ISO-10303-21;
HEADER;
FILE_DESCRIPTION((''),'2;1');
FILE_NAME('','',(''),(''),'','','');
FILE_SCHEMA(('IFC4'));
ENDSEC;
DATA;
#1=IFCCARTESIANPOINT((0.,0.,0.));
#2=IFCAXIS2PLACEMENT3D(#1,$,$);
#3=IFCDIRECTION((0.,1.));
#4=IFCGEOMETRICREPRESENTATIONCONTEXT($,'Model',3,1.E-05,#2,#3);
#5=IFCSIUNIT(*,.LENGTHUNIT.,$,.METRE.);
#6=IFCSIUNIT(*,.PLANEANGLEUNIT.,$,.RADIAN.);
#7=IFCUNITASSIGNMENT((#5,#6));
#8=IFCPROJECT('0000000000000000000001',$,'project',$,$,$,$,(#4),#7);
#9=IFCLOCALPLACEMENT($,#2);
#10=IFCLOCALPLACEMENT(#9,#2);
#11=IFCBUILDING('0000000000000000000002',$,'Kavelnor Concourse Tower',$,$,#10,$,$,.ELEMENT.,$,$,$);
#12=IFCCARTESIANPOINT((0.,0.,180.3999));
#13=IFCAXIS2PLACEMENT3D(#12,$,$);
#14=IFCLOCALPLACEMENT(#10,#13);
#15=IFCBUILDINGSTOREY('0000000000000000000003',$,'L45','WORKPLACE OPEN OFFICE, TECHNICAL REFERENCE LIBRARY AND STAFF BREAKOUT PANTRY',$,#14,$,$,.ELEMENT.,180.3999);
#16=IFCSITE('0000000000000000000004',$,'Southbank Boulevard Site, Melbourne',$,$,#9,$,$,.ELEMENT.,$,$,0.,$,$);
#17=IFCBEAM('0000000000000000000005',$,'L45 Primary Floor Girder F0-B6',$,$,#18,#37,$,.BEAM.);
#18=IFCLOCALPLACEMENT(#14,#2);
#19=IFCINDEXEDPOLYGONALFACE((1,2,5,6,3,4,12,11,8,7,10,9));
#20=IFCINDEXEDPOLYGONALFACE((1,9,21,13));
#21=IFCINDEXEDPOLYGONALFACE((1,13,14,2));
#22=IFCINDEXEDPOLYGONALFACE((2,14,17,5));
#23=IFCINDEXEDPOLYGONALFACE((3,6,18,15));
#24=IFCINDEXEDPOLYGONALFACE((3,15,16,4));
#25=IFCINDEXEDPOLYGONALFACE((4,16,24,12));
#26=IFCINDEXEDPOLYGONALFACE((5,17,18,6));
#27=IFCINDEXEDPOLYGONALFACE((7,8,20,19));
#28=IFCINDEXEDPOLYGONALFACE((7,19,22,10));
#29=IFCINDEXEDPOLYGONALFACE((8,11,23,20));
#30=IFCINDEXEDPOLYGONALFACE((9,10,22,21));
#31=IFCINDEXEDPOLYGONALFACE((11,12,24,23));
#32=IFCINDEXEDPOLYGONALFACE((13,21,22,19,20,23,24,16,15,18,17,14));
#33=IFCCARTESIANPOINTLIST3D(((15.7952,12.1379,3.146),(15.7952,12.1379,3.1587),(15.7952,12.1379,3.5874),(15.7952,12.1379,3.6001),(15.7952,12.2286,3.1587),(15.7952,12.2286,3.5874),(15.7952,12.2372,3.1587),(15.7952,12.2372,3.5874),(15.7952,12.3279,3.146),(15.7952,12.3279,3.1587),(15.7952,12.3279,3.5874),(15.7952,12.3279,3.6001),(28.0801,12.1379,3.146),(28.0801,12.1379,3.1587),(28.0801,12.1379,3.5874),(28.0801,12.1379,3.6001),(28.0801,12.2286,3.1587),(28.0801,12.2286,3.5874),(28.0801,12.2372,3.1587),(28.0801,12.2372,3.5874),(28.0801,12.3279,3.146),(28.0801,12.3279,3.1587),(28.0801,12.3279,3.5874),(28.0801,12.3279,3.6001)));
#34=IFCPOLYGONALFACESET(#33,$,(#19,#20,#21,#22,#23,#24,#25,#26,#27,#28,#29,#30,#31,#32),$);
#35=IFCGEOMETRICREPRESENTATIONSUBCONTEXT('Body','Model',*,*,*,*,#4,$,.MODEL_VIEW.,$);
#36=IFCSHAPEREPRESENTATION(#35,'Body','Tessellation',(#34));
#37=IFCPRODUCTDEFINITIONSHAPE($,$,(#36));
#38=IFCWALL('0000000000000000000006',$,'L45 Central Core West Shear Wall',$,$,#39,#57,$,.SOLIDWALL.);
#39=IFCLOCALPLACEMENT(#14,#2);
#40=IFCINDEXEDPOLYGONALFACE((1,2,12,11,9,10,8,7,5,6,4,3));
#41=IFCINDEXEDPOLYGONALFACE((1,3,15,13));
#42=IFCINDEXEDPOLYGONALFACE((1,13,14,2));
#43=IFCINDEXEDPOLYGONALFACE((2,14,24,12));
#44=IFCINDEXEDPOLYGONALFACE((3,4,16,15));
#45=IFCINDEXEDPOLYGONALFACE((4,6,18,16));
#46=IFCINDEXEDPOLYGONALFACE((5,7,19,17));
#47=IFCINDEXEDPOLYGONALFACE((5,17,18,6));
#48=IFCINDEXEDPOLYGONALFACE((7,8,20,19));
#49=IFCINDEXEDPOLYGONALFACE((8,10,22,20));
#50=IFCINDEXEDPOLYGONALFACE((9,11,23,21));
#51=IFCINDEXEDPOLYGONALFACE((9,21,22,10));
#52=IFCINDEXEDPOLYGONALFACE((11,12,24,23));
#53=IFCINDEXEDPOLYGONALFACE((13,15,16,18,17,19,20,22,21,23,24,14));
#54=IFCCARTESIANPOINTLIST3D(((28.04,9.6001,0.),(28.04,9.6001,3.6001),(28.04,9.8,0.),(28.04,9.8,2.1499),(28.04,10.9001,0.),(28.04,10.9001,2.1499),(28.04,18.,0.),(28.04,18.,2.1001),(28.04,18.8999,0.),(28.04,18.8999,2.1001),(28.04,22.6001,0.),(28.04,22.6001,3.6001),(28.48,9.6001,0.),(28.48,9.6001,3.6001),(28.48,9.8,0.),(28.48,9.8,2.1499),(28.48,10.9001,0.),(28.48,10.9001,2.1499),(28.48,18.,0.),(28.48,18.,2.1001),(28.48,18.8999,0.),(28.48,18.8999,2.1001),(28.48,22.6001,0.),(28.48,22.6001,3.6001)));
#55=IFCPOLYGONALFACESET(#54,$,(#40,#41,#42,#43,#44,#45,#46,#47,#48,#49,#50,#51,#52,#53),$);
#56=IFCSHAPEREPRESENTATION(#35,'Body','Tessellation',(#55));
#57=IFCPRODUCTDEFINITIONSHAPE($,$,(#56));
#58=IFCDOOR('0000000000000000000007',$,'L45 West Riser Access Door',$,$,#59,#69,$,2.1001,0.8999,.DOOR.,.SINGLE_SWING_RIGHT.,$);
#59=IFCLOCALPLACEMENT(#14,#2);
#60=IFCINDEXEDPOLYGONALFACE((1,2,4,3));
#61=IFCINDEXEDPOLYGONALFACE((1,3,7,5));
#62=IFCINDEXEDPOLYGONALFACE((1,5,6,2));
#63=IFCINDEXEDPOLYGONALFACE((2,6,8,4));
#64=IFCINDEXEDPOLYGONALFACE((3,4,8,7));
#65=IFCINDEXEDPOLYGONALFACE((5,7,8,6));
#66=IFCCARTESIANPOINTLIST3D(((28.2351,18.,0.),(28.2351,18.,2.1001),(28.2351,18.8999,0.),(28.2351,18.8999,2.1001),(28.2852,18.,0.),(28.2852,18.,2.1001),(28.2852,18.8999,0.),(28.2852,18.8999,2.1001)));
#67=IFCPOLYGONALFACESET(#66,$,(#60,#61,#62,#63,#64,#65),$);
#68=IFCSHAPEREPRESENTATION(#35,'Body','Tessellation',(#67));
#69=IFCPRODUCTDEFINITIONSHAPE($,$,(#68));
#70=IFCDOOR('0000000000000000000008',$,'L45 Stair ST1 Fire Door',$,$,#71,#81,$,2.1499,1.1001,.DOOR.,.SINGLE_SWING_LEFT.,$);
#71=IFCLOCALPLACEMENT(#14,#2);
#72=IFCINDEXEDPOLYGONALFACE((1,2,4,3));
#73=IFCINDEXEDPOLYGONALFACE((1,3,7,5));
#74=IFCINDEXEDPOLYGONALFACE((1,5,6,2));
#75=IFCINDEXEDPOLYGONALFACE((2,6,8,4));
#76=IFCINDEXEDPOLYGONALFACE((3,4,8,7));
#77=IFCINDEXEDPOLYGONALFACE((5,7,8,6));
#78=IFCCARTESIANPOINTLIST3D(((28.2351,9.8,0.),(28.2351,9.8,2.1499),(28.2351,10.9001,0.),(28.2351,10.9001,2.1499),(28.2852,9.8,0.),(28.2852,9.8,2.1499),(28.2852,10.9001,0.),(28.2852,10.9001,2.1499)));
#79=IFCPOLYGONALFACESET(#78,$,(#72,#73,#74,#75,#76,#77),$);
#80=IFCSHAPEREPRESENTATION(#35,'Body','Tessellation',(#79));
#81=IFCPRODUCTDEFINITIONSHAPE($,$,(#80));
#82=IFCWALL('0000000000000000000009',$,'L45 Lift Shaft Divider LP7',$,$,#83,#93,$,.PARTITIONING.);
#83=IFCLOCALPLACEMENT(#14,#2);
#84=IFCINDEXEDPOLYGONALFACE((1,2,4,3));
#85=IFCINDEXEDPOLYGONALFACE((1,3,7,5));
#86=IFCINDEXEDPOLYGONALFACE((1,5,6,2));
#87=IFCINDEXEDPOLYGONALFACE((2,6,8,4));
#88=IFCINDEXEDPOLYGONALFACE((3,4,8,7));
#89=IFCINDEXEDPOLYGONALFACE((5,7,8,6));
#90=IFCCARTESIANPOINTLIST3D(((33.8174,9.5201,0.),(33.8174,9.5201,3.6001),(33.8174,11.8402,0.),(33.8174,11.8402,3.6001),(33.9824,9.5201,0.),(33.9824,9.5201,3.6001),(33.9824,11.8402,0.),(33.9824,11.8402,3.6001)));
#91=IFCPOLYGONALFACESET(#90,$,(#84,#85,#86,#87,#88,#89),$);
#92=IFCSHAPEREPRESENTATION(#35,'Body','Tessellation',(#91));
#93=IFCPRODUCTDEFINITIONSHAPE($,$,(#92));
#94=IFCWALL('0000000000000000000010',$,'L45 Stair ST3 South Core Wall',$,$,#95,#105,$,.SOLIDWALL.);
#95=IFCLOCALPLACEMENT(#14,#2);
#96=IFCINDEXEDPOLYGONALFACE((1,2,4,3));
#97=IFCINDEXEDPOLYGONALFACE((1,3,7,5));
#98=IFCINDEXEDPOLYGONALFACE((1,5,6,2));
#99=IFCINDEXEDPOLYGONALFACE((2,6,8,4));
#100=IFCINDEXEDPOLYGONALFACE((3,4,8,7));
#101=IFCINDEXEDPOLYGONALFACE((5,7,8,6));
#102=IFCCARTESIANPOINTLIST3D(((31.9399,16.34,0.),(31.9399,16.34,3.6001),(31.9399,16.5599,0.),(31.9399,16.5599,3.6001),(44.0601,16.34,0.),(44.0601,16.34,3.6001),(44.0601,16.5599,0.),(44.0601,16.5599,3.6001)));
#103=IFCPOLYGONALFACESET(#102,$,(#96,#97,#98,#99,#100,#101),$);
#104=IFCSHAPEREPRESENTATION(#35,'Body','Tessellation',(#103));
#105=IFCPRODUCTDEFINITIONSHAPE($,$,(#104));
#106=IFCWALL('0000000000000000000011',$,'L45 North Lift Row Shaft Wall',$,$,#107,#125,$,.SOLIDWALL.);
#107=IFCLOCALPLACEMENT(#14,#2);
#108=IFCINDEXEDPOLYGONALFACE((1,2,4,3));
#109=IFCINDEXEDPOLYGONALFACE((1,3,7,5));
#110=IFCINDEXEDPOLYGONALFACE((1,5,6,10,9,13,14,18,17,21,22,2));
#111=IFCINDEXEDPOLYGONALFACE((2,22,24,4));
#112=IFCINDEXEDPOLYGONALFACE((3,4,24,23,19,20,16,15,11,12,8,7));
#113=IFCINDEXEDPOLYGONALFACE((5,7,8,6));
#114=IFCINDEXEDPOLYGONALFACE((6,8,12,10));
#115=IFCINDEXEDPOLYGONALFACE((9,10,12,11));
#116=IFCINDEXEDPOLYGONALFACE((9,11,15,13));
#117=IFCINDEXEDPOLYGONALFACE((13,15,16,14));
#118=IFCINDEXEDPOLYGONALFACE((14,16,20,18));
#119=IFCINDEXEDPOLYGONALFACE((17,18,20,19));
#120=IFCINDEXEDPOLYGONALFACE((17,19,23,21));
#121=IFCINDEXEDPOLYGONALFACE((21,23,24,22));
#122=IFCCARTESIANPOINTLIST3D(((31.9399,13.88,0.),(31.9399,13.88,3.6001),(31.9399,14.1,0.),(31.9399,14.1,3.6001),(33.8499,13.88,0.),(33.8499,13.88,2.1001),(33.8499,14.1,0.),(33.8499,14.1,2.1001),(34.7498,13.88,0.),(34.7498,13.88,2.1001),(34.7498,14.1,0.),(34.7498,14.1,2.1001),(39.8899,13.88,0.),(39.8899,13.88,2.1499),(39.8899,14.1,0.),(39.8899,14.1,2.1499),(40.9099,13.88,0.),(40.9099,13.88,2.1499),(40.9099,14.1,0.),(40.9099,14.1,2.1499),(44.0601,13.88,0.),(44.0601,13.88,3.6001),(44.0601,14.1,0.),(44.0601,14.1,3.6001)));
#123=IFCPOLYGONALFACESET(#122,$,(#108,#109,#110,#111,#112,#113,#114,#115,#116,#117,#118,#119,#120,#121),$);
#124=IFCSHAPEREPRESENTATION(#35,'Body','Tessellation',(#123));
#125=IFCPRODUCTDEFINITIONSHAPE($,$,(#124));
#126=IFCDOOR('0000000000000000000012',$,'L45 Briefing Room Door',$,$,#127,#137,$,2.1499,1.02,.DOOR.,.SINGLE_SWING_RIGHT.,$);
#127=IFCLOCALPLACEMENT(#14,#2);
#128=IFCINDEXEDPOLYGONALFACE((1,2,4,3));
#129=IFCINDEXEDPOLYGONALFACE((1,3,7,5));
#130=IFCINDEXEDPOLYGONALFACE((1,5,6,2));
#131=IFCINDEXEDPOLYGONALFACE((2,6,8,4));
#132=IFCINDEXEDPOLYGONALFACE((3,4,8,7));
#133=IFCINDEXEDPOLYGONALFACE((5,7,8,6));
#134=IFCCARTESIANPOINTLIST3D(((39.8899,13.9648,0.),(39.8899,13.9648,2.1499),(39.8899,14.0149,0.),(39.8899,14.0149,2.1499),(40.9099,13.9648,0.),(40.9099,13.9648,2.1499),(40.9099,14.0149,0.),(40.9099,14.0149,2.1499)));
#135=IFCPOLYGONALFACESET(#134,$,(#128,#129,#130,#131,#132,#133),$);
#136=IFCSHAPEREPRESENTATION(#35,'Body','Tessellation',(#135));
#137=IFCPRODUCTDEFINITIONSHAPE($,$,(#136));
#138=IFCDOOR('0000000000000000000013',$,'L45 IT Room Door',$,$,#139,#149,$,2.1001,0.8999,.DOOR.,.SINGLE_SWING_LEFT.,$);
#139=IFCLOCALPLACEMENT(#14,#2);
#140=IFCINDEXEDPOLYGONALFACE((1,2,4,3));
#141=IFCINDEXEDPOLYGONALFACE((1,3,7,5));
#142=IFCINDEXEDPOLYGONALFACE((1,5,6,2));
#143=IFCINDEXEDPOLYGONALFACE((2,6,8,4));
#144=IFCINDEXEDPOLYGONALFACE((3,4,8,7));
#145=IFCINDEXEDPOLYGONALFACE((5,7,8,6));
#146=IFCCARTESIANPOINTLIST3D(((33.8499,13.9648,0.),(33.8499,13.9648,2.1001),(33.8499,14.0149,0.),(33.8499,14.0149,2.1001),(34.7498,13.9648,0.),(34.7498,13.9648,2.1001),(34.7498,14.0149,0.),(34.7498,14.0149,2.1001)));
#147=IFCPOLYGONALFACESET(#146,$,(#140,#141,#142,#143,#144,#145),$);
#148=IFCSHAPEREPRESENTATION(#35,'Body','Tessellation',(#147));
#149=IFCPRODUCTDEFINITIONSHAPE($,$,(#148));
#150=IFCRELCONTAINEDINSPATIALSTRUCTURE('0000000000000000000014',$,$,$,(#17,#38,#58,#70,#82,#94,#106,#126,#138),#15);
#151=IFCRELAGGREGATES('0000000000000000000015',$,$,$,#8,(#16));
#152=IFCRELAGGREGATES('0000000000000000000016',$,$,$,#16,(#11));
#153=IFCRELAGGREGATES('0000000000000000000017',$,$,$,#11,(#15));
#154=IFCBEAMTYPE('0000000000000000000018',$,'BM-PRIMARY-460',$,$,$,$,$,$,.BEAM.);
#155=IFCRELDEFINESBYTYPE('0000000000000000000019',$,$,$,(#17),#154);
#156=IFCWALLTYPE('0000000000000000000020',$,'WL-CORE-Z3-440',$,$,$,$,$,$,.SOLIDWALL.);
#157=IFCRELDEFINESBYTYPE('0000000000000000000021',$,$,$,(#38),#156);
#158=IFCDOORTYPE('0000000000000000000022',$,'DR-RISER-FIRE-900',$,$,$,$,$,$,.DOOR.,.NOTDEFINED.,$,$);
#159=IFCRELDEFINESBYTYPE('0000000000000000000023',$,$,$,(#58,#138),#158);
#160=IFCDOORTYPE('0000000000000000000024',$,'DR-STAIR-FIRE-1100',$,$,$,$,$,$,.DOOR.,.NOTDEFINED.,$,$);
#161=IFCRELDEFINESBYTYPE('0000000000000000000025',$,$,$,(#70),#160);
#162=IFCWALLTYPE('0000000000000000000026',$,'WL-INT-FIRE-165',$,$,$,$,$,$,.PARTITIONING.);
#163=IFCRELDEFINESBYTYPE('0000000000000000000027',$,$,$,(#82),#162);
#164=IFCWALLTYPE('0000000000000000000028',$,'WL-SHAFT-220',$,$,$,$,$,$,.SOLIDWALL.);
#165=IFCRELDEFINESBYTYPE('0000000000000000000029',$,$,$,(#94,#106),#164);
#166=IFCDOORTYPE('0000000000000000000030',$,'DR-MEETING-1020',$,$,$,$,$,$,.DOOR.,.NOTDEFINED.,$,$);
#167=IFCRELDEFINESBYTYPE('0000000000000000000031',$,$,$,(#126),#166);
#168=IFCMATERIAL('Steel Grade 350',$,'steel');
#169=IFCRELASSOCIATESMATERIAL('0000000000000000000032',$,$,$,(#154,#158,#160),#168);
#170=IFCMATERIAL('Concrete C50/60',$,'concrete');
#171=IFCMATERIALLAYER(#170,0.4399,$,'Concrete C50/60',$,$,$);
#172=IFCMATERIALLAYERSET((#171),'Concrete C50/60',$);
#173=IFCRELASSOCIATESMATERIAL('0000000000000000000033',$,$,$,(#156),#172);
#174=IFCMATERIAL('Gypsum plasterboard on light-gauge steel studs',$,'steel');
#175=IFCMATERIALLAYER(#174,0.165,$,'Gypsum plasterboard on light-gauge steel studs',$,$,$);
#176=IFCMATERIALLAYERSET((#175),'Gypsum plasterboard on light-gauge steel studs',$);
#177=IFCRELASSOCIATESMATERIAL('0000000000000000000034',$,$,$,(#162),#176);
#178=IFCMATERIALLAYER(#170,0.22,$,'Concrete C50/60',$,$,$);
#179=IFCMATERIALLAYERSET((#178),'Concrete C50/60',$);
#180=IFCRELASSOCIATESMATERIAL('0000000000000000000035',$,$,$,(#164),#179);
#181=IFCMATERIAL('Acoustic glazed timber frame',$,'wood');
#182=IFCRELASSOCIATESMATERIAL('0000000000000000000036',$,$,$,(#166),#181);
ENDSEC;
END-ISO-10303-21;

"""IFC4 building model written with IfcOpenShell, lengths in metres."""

from ifc_helpers import new_model, si_unit, direction, frame, frame_2d, origin, origin_2d, place, context, subcontext, project, spatial, rectangle, i_section, extrude, material, layer, layer_set, material_profile, profile_set, type_object, element, fill, save


model = new_model("IFC4")

# Units and contexts
model_context = context("Model", 3, precision=1e-05, world=origin(), true_north=direction((0.0, 1.0)))
body_context = subcontext(model_context, "Body", "Model", "MODEL_VIEW")
ifc_project = project(units=[si_unit("LENGTHUNIT", "METRE"), si_unit("PLANEANGLEUNIT", "RADIAN")], contexts=[model_context])

# Site, building, storey
site_placement = place(None, origin())
site = spatial("IfcSite", under=ifc_project, at=site_placement, Name="Southbank Boulevard Site, Melbourne", CompositionType="ELEMENT", RefElevation=0.0)
building_placement = place(site_placement, origin())
building = spatial("IfcBuilding", under=site, at=building_placement, Name="Kavelnor Concourse Tower", CompositionType="ELEMENT")
storey_placement = place(building_placement, frame((0.0, 0.0, 180.3999)))
storey = spatial("IfcBuildingStorey", under=building, at=storey_placement, Name="L45", Description="WORKPLACE OPEN OFFICE, TECHNICAL REFERENCE LIBRARY AND STAFF BREAKOUT PANTRY", CompositionType="ELEMENT", Elevation=180.3999)

# Beam
ifc_material_1 = material(Name="Steel Grade 350", Category="steel")
ifc_material_profile = material_profile(ifc_material_1, i_section(OverallWidth=0.1899, OverallDepth=0.4541, WebThickness=0.0085, FlangeThickness=0.0127, at=origin_2d()), Name="460UB67")
ifc_profile_set = profile_set([ifc_material_profile], Name="Steel Grade 350")
beam_type = type_object("IfcBeamType", Name="BM-PRIMARY-460", PredefinedType="BEAM", material=ifc_profile_set)
beam_placement = place(storey_placement, frame((28.0801, 12.2329, 3.373), z_axis=(-1.0, 0.0, 0.0), x_axis=(0.0, -1.0, 0.0)))
element("IfcBeam", 1, at=beam_placement, inside=storey, type_object=beam_type, Name="L45 Primary Floor Girder F0-B6", PredefinedType="BEAM", context=body_context, shape_type="SweptSolid", body=[
    extrude(i_section(OverallWidth=0.1899, OverallDepth=0.4541, WebThickness=0.0085, FlangeThickness=0.0127, at=origin_2d()), origin(), (0.0, 0.0, 1.0), 12.2849),
])

# Wall, openings, doors
ifc_material_2 = material(Name="Concrete C50/60", Category="concrete")
ifc_layer_1 = layer(ifc_material_2, 0.4399, Name="Concrete C50/60")
ifc_layer_set_1 = layer_set([ifc_layer_1], Name="Concrete C50/60")
wall_type_1 = type_object("IfcWallType", Name="WL-CORE-Z3-440", PredefinedType="SOLIDWALL", material=ifc_layer_set_1)
wall_1_placement = place(storey_placement, frame((28.26, 9.6001, 0.0), z_axis=(0.0, 0.0, 1.0), x_axis=(0.0, 1.0, 0.0)))
wall_1 = element("IfcWall", 2, at=wall_1_placement, inside=storey, type_object=wall_type_1, Name="L45 Central Core West Shear Wall", PredefinedType="SOLIDWALL", context=body_context, shape_type="SweptSolid", body=[
    extrude(rectangle(XDim=13.0, YDim=0.4399, at=frame_2d((6.5, 0.0))), origin(), (0.0, 0.0, 1.0), 3.6001),
])
opening_1_placement = place(wall_1_placement, frame((0.2, 0.0, 0.0)))
opening_1 = element("IfcOpeningElement", 3, at=opening_1_placement, cuts=wall_1, PredefinedType="OPENING", context=body_context, shape_type="SweptSolid", body=[
    extrude(rectangle(XDim=1.1001, YDim=2.1499, at=frame_2d((0.55, 1.075))), frame((0.0, 0.23, 0.0), z_axis=(0.0, -1.0, 0.0), x_axis=(1.0, 0.0, 0.0)), (0.0, 0.0, 1.0), 0.46),
])
opening_2_placement = place(wall_1_placement, frame((8.3999, 0.0, 0.0)))
opening_2 = element("IfcOpeningElement", 4, at=opening_2_placement, cuts=wall_1, PredefinedType="OPENING", context=body_context, shape_type="SweptSolid", body=[
    extrude(rectangle(XDim=0.8999, YDim=2.1001, at=frame_2d((0.45, 1.05))), frame((0.0, 0.23, 0.0), z_axis=(0.0, -1.0, 0.0), x_axis=(1.0, 0.0, 0.0)), (0.0, 0.0, 1.0), 0.46),
])
door_type_1 = type_object("IfcDoorType", Name="DR-RISER-FIRE-900", OperationType="NOTDEFINED", PredefinedType="DOOR", material=ifc_material_1)
door_1_placement = place(opening_2_placement, origin())
door_1 = element("IfcDoor", 5, at=door_1_placement, inside=storey, type_object=door_type_1, Name="L45 West Riser Access Door", OperationType="SINGLE_SWING_RIGHT", OverallHeight=2.1001, OverallWidth=0.8999, PredefinedType="DOOR", context=body_context, shape_type="SweptSolid", body=[
    extrude(rectangle(XDim=0.8999, YDim=2.1001, at=frame_2d((0.45, 1.05))), frame((0.0, 0.0249, 0.0), z_axis=(0.0, -1.0, 0.0), x_axis=(1.0, 0.0, 0.0)), (0.0, 0.0, 1.0), 0.05),
])
fill(opening_2, door_1)
door_type_2 = type_object("IfcDoorType", Name="DR-STAIR-FIRE-1100", OperationType="NOTDEFINED", PredefinedType="DOOR", material=ifc_material_1)
door_2_placement = place(opening_1_placement, origin())
door_2 = element("IfcDoor", 6, at=door_2_placement, inside=storey, type_object=door_type_2, Name="L45 Stair ST1 Fire Door", OperationType="SINGLE_SWING_LEFT", OverallHeight=2.1499, OverallWidth=1.1001, PredefinedType="DOOR", context=body_context, shape_type="SweptSolid", body=[
    extrude(rectangle(XDim=1.1001, YDim=2.1499, at=frame_2d((0.55, 1.075))), frame((0.0, 0.0249, 0.0), z_axis=(0.0, -1.0, 0.0), x_axis=(1.0, 0.0, 0.0)), (0.0, 0.0, 1.0), 0.05),
])
fill(opening_1, door_2)

# Walls
ifc_material_3 = material(Name="Gypsum plasterboard on light-gauge steel studs", Category="steel")
ifc_layer_2 = layer(ifc_material_3, 0.165, Name="Gypsum plasterboard on light-gauge steel studs")
ifc_layer_set_2 = layer_set([ifc_layer_2], Name="Gypsum plasterboard on light-gauge steel studs")
wall_type_2 = type_object("IfcWallType", Name="WL-INT-FIRE-165", PredefinedType="PARTITIONING", material=ifc_layer_set_2)
wall_2_placement = place(storey_placement, frame((33.8999, 9.52, 0.0), z_axis=(0.0, 0.0, 1.0), x_axis=(0.0, 1.0, 0.0)))
element("IfcWall", 7, at=wall_2_placement, inside=storey, type_object=wall_type_2, Name="L45 Lift Shaft Divider LP7", PredefinedType="PARTITIONING", context=body_context, shape_type="SweptSolid", body=[
    extrude(rectangle(XDim=2.3201, YDim=0.165, at=frame_2d((1.1602, 0.0))), origin(), (0.0, 0.0, 1.0), 3.6001),
])
ifc_layer_3 = layer(ifc_material_2, 0.22, Name="Concrete C50/60")
ifc_layer_set_3 = layer_set([ifc_layer_3], Name="Concrete C50/60")
wall_type_3 = type_object("IfcWallType", Name="WL-SHAFT-220", PredefinedType="SOLIDWALL", material=ifc_layer_set_3)
wall_3_placement = place(storey_placement, frame((31.9399, 16.45, 0.0), z_axis=(0.0, 0.0, 1.0), x_axis=(1.0, 0.0, 0.0)))
element("IfcWall", 8, at=wall_3_placement, inside=storey, type_object=wall_type_3, Name="L45 Stair ST3 South Core Wall", PredefinedType="SOLIDWALL", context=body_context, shape_type="SweptSolid", body=[
    extrude(rectangle(XDim=12.1201, YDim=0.22, at=frame_2d((6.0601, 0.0))), origin(), (0.0, 0.0, 1.0), 3.6001),
])

# Wall, openings, doors
wall_4_placement = place(storey_placement, frame((31.9399, 13.99, 0.0), z_axis=(0.0, 0.0, 1.0), x_axis=(1.0, 0.0, 0.0)))
wall_4 = element("IfcWall", 9, at=wall_4_placement, inside=storey, type_object=wall_type_3, Name="L45 North Lift Row Shaft Wall", PredefinedType="SOLIDWALL", context=body_context, shape_type="SweptSolid", body=[
    extrude(rectangle(XDim=12.1201, YDim=0.22, at=frame_2d((6.0601, 0.0))), origin(), (0.0, 0.0, 1.0), 3.6001),
])
opening_3_placement = place(wall_4_placement, frame((1.9099, 0.0, 0.0)))
opening_3 = element("IfcOpeningElement", 10, at=opening_3_placement, cuts=wall_4, PredefinedType="OPENING", context=body_context, shape_type="SweptSolid", body=[
    extrude(rectangle(XDim=0.8999, YDim=2.1001, at=frame_2d((0.45, 1.05))), frame((0.0, 0.1201, 0.0), z_axis=(0.0, -1.0, 0.0), x_axis=(1.0, 0.0, 0.0)), (0.0, 0.0, 1.0), 0.24),
])
opening_4_placement = place(wall_4_placement, frame((7.95, 0.0, 0.0)))
opening_4 = element("IfcOpeningElement", 11, at=opening_4_placement, cuts=wall_4, PredefinedType="OPENING", context=body_context, shape_type="SweptSolid", body=[
    extrude(rectangle(XDim=1.02, YDim=2.1499, at=frame_2d((0.51, 1.075))), frame((0.0, 0.1201, 0.0), z_axis=(0.0, -1.0, 0.0), x_axis=(1.0, 0.0, 0.0)), (0.0, 0.0, 1.0), 0.24),
])
ifc_material_4 = material(Name="Acoustic glazed timber frame", Category="wood")
door_type_3 = type_object("IfcDoorType", Name="DR-MEETING-1020", OperationType="NOTDEFINED", PredefinedType="DOOR", material=ifc_material_4)
door_3_placement = place(opening_4_placement, origin())
door_3 = element("IfcDoor", 12, at=door_3_placement, inside=storey, type_object=door_type_3, Name="L45 Briefing Room Door", OperationType="SINGLE_SWING_RIGHT", OverallHeight=2.1499, OverallWidth=1.02, PredefinedType="DOOR", context=body_context, shape_type="SweptSolid", body=[
    extrude(rectangle(XDim=1.02, YDim=2.1499, at=frame_2d((0.51, 1.075))), frame((0.0, 0.0249, 0.0), z_axis=(0.0, -1.0, 0.0), x_axis=(1.0, 0.0, 0.0)), (0.0, 0.0, 1.0), 0.05),
])
fill(opening_4, door_3)
door_4_placement = place(opening_3_placement, origin())
door_4 = element("IfcDoor", 13, at=door_4_placement, inside=storey, type_object=door_type_1, Name="L45 IT Room Door", OperationType="SINGLE_SWING_LEFT", OverallHeight=2.1001, OverallWidth=0.8999, PredefinedType="DOOR", context=body_context, shape_type="SweptSolid", body=[
    extrude(rectangle(XDim=0.8999, YDim=2.1001, at=frame_2d((0.45, 1.05))), frame((0.0, 0.0249, 0.0), z_axis=(0.0, -1.0, 0.0), x_axis=(1.0, 0.0, 0.0)), (0.0, 0.0, 1.0), 0.05),
])
fill(opening_3, door_4)

save(model, "model.ifc")
